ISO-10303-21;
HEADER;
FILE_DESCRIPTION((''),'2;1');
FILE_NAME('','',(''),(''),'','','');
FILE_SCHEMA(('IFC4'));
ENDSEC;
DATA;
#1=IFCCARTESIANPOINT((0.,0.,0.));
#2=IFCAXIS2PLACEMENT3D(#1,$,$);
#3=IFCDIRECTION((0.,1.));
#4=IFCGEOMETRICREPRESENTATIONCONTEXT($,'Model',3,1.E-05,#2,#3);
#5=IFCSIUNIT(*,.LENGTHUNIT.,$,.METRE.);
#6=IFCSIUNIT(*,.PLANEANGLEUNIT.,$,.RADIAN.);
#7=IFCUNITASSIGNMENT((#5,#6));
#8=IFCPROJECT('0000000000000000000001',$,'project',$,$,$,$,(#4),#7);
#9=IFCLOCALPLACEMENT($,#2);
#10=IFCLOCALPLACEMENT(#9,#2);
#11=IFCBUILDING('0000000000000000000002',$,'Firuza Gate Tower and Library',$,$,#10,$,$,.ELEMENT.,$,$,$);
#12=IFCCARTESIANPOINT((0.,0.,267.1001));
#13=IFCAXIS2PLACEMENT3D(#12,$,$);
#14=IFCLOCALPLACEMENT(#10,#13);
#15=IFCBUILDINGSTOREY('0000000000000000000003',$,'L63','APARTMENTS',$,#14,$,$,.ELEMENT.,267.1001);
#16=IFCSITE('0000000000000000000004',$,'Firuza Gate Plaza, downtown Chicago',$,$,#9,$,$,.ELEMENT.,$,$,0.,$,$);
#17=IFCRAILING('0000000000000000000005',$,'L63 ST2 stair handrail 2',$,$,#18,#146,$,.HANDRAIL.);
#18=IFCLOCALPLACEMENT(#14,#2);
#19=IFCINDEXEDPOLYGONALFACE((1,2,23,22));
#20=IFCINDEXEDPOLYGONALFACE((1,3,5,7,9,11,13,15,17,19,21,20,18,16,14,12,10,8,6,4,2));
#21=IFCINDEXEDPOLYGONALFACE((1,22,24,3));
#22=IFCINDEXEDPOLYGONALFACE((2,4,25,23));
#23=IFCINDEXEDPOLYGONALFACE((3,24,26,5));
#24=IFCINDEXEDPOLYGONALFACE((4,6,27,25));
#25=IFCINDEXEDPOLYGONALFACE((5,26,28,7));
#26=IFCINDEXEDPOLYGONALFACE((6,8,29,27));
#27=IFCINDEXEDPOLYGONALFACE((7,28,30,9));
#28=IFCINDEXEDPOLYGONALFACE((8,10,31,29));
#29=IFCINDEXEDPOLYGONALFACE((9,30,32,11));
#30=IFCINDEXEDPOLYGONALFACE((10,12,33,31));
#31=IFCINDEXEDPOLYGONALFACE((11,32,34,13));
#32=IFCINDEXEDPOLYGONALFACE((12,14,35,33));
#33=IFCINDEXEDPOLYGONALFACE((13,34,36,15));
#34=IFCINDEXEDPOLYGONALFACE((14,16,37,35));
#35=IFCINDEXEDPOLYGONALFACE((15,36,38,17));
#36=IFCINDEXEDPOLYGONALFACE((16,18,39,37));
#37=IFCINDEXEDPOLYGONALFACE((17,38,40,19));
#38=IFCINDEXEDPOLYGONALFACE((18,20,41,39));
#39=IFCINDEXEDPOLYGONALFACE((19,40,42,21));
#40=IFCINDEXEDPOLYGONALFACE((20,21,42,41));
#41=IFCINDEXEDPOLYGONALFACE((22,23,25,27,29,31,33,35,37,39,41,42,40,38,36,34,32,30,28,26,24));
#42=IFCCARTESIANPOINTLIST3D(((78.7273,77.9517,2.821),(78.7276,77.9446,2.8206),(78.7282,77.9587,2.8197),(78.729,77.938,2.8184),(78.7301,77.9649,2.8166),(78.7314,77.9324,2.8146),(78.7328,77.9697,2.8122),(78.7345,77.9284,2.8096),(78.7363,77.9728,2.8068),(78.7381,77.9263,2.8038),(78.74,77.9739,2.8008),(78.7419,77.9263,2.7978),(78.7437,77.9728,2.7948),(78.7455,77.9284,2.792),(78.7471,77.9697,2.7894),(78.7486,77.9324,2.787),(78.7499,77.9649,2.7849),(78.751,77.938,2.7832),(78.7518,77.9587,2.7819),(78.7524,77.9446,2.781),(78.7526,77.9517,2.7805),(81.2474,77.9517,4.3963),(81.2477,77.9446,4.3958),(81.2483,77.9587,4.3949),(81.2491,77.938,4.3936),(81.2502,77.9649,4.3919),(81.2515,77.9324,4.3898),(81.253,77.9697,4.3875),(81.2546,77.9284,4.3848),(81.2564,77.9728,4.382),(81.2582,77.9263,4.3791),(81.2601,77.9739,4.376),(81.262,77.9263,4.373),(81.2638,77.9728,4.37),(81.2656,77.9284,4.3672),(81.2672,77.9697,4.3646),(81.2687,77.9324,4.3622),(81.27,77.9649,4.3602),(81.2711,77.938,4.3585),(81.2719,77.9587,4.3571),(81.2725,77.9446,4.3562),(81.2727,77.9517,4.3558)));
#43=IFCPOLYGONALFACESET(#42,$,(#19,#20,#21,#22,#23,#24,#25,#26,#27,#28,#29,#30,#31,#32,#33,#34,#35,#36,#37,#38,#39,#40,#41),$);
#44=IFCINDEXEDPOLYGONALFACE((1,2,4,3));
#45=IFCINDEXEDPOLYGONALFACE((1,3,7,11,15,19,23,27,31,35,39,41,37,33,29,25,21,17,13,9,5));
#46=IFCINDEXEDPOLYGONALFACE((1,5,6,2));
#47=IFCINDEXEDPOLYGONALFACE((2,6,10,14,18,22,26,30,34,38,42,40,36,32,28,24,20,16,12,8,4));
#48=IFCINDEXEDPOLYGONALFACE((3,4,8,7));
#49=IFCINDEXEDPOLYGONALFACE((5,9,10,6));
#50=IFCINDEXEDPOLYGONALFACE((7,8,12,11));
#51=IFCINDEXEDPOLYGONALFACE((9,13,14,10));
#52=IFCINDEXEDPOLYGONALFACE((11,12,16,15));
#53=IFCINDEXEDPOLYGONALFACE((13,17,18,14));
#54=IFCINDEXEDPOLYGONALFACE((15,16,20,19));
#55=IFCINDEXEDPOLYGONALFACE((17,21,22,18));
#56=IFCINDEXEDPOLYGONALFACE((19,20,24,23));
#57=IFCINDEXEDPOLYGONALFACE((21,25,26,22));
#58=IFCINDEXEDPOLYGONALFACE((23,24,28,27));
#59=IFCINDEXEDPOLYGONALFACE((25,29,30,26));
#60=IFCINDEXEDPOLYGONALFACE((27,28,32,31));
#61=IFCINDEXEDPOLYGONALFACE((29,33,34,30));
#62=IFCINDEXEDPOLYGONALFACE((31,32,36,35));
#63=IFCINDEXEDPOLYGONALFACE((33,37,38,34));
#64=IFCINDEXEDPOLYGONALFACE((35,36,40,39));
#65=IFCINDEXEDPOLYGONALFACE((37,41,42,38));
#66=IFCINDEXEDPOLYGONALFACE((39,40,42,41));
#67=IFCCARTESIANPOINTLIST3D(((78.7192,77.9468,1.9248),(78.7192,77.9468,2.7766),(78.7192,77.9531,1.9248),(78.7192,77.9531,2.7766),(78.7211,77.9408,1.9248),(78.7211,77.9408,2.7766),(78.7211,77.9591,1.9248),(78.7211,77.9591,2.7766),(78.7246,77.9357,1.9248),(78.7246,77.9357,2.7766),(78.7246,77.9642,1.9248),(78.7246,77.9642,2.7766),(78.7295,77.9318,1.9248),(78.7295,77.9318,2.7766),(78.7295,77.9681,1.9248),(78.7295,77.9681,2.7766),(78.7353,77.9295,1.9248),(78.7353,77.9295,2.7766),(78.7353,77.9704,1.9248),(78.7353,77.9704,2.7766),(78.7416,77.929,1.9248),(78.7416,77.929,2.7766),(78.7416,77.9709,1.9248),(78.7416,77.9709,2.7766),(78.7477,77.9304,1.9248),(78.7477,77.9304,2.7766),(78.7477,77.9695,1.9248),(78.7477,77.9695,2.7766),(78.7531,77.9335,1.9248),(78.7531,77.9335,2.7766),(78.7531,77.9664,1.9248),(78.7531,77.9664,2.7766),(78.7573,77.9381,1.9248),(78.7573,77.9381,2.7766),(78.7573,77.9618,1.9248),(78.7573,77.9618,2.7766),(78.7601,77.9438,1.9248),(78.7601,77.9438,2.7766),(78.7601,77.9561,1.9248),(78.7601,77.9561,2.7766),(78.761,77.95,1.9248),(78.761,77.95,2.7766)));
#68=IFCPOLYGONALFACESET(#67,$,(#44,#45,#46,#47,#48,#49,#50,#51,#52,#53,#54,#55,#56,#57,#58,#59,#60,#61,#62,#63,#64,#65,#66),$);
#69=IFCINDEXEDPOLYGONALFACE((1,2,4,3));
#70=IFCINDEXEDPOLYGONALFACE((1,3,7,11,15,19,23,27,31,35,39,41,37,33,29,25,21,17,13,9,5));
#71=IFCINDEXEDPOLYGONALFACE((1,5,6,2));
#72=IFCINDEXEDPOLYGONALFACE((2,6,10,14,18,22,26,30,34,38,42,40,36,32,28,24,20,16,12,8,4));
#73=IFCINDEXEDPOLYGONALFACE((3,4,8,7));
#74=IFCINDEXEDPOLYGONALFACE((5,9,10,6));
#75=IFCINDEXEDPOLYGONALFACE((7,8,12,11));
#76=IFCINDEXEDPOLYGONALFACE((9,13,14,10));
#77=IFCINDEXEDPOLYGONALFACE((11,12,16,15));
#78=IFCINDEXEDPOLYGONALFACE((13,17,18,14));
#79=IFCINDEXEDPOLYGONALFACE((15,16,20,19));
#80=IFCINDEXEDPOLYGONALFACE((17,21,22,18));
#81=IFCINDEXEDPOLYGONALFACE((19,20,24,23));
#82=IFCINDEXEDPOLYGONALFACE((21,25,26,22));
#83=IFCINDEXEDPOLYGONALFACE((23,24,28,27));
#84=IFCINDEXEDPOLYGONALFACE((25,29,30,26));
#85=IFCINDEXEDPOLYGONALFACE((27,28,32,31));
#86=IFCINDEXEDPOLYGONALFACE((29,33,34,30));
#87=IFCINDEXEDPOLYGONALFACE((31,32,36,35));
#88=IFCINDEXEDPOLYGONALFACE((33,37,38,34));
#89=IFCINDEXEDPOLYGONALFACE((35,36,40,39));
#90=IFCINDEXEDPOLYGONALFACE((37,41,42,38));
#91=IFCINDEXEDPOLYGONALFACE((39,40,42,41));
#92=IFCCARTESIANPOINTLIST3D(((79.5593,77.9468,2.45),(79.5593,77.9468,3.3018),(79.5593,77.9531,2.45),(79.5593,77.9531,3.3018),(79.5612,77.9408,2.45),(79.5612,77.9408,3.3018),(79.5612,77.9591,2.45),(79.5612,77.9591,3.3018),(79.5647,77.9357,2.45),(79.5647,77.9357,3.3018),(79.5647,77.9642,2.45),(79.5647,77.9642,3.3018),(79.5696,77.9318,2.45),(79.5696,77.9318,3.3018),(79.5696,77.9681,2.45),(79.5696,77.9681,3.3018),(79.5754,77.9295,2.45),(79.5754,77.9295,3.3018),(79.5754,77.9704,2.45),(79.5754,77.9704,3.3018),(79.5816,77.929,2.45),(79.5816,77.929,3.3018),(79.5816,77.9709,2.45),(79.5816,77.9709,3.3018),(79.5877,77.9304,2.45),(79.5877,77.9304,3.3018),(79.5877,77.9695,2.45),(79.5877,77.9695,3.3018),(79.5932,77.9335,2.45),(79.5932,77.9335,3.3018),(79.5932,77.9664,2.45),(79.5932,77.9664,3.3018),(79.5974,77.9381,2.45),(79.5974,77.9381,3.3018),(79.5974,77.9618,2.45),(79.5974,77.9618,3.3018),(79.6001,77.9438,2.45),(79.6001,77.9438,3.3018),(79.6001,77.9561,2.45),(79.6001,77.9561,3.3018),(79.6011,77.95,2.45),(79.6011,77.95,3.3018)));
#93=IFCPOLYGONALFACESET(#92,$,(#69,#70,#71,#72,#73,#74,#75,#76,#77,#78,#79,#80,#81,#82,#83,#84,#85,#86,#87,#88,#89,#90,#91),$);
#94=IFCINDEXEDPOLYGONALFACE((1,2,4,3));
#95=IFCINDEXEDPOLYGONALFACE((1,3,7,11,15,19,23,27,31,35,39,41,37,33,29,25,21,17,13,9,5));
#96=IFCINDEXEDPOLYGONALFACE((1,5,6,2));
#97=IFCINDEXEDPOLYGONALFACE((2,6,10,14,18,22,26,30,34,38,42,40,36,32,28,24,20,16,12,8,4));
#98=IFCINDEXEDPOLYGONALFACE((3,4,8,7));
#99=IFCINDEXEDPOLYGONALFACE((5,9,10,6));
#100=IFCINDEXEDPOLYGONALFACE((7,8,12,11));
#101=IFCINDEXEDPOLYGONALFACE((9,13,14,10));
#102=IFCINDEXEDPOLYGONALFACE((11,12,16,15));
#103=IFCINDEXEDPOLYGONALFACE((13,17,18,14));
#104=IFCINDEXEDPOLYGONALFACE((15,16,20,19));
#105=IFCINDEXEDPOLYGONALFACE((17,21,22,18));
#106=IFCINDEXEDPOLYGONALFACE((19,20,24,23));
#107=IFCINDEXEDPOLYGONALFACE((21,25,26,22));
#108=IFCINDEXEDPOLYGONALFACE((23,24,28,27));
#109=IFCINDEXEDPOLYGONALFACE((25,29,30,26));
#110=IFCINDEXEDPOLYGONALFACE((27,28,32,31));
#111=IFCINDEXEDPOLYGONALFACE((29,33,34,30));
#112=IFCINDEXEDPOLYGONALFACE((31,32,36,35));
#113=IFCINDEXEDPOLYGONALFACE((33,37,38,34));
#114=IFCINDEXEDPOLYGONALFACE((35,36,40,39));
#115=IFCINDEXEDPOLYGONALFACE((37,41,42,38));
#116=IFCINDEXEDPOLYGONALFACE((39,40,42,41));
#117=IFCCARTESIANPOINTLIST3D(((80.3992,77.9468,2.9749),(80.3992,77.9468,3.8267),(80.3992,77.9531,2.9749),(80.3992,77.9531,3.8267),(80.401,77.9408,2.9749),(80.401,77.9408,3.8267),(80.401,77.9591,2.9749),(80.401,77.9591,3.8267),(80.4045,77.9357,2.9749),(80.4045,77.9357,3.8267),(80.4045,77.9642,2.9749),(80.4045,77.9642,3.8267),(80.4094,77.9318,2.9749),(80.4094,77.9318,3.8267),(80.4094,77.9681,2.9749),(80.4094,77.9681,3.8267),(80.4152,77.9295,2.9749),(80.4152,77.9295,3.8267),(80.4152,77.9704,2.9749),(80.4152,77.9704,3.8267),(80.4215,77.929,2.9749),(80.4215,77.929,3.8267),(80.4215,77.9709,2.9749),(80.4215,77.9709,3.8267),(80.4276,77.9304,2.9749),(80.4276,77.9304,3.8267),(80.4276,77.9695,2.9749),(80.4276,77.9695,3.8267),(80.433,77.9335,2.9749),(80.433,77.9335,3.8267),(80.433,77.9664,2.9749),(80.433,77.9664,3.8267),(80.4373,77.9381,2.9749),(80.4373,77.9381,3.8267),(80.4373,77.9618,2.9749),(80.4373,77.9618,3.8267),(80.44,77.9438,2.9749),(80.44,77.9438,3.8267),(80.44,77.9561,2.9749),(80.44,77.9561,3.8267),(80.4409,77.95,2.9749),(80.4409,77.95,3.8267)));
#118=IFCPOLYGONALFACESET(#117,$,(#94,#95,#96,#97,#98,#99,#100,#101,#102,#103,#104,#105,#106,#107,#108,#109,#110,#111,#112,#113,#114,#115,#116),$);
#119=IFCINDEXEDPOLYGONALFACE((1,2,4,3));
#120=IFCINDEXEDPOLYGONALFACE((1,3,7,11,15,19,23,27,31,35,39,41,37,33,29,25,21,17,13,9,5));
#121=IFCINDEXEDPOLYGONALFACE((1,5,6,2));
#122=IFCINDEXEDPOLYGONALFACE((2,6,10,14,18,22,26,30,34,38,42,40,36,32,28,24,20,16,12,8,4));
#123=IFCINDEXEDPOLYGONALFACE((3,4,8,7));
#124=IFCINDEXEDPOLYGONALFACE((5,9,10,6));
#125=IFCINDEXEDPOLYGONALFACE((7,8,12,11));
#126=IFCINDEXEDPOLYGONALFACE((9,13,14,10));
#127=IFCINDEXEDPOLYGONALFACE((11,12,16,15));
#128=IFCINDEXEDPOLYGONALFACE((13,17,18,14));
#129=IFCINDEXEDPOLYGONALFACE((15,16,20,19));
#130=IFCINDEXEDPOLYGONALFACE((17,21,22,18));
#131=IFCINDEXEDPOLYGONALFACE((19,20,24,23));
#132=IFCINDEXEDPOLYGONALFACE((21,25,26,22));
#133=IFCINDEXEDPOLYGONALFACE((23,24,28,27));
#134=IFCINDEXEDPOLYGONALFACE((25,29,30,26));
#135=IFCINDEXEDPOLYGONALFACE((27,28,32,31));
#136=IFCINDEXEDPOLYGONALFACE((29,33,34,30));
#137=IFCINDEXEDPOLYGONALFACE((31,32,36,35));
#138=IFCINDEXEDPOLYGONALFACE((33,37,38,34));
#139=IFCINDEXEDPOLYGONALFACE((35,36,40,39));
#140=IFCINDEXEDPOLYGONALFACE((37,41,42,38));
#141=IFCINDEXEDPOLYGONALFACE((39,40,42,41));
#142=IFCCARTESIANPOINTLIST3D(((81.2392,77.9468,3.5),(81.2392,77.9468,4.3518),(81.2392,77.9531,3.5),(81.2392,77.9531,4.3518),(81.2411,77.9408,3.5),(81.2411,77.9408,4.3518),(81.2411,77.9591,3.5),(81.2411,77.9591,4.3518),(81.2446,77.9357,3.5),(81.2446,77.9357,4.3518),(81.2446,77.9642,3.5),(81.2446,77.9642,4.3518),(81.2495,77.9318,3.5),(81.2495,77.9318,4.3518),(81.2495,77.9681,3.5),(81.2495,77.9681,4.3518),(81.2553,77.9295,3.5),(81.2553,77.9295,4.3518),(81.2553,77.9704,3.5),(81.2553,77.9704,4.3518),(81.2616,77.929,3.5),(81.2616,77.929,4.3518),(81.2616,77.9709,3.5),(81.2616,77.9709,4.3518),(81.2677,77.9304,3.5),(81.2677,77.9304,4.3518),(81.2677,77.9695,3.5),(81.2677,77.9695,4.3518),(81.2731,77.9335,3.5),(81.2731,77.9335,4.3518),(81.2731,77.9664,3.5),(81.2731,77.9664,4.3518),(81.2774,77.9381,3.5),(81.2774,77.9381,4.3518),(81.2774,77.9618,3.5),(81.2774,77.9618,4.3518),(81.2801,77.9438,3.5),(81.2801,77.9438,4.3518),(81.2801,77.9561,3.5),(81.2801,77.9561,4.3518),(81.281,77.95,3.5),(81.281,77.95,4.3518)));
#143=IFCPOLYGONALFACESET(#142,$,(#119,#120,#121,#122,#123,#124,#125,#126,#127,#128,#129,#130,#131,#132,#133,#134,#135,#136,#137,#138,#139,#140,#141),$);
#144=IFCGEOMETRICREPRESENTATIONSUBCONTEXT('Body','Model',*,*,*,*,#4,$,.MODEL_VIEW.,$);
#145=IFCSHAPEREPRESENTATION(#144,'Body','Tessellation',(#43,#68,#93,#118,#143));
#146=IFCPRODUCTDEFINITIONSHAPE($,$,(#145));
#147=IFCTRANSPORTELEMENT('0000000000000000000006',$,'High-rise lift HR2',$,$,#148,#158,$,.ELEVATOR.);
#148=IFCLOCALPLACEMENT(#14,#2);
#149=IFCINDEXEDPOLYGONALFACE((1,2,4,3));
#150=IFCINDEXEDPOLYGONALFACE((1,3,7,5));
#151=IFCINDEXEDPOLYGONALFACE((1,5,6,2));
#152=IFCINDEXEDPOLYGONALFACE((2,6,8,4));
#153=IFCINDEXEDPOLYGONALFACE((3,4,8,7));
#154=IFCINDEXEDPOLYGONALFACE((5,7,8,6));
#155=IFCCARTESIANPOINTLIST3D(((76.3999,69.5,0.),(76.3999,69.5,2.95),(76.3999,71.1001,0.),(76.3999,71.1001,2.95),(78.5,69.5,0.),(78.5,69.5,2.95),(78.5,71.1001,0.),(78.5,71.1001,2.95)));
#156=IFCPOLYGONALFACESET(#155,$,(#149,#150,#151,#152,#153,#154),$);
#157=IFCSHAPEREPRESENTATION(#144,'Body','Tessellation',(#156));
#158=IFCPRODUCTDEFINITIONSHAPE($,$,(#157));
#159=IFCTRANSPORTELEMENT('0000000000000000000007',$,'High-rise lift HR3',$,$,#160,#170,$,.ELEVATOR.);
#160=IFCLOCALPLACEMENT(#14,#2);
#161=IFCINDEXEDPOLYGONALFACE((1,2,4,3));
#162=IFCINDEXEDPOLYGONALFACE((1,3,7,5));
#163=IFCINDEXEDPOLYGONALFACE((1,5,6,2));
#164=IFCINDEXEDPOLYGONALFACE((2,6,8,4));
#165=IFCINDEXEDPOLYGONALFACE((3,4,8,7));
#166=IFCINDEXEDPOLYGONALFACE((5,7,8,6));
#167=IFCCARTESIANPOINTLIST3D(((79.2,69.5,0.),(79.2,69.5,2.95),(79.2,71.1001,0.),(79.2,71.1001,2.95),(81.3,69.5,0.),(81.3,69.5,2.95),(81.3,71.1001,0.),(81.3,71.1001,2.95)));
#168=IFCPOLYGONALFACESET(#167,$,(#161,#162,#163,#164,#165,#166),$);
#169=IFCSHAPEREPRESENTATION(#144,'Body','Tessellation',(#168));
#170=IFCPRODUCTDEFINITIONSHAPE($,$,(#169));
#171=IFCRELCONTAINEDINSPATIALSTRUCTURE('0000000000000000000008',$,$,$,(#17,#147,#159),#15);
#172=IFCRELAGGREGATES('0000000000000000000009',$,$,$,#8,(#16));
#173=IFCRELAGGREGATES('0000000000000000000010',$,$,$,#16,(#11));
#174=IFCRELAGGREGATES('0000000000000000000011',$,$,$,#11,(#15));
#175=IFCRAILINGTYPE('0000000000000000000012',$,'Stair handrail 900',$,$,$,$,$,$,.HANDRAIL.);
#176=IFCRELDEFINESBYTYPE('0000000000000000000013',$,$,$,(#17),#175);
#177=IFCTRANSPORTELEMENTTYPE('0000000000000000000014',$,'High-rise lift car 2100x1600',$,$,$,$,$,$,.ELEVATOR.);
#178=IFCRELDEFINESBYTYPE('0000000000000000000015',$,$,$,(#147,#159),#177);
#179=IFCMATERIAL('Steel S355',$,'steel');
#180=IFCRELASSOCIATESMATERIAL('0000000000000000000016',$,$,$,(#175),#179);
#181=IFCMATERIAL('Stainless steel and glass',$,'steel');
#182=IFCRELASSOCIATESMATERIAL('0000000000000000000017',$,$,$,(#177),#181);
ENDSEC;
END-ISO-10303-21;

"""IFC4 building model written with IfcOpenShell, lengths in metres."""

from ifc_helpers import new_model, si_unit, direction, frame, origin, origin_2d, place, context, subcontext, project, spatial, rectangle, circle, extrude, material, type_object, element, save


model = new_model("IFC4")

# Units and contexts
model_context = context("Model", 3, precision=1e-05, world=origin(), true_north=direction((0.0, 1.0)))
body_context = subcontext(model_context, "Body", "Model", "MODEL_VIEW")
ifc_project = project(units=[si_unit("LENGTHUNIT", "METRE"), si_unit("PLANEANGLEUNIT", "RADIAN")], contexts=[model_context])

# Site, building, storey
site_placement = place(None, origin())
site = spatial("IfcSite", under=ifc_project, at=site_placement, Name="Firuza Gate Plaza, downtown Chicago", CompositionType="ELEMENT", RefElevation=0.0)
building_placement = place(site_placement, origin())
building = spatial("IfcBuilding", under=site, at=building_placement, Name="Firuza Gate Tower and Library", CompositionType="ELEMENT")
storey_placement = place(building_placement, frame((0.0, 0.0, 267.1001)))
storey = spatial("IfcBuildingStorey", under=building, at=storey_placement, Name="L63", Description="APARTMENTS", CompositionType="ELEMENT", Elevation=267.1001)

# Railing
ifc_material_1 = material(Name="Steel S355", Category="steel")
railing_type_1 = type_object("IfcRailingType", Name="Stair handrail 900", PredefinedType="HANDRAIL", material=ifc_material_1)
railing_1_placement = place(storey_placement, frame((78.74, 77.95, 1.9248)))
element("IfcRailing", 1, at=railing_1_placement, inside=storey, type_object=railing_type_1, Name="L63 ST2 stair handrail 2", PredefinedType="HANDRAIL", context=body_context, shape_type="SweptSolid", body=[
    extrude(circle(Radius=0.0239, at=origin_2d()), frame((0.0, 0.0, 0.876), z_axis=(0.847971, 0.0, 0.530043), x_axis=(0.0, 1.0, 0.0)), (0.0, 0.0, 1.0), 2.9719),
    extrude(circle(Radius=0.021, at=origin_2d()), origin(), (0.0, 0.0, 1.0), 0.8518),
    extrude(circle(Radius=0.021, at=origin_2d()), frame((0.8401, 0.0, 0.5251)), (0.0, 0.0, 1.0), 0.8518),
    extrude(circle(Radius=0.021, at=origin_2d()), frame((1.6799, 0.0, 1.05)), (0.0, 0.0, 1.0), 0.8518),
    extrude(circle(Radius=0.021, at=origin_2d()), frame((2.52, 0.0, 1.5752)), (0.0, 0.0, 1.0), 0.8518),
])

# Transport elements
ifc_material_2 = material(Name="Stainless steel and glass", Category="steel")
transport_element_type = type_object("IfcTransportElementType", Name="High-rise lift car 2100x1600", PredefinedType="ELEVATOR", material=ifc_material_2)
for number, where, z_axis, x_axis, name in (
    (2, (77.45, 70.3, 0.0), (0.0, 0.0, 1.0), (1.0, 0.0, 0.0), "High-rise lift HR2"),
    (3, (80.25, 70.3, 0.0), (0.0, 0.0, 1.0), (1.0, 0.0, 0.0), "High-rise lift HR3"),
):
    element("IfcTransportElement", number, at=place(storey_placement, frame(where, z_axis=z_axis, x_axis=x_axis)), inside=storey, type_object=transport_element_type, Name=name, PredefinedType="ELEVATOR", context=body_context, shape_type="SweptSolid", body=[
        extrude(rectangle(XDim=2.1001, YDim=1.6001, at=origin_2d()), origin(), (0.0, 0.0, 1.0), 2.95),
    ])

save(model, "model.ifc")
